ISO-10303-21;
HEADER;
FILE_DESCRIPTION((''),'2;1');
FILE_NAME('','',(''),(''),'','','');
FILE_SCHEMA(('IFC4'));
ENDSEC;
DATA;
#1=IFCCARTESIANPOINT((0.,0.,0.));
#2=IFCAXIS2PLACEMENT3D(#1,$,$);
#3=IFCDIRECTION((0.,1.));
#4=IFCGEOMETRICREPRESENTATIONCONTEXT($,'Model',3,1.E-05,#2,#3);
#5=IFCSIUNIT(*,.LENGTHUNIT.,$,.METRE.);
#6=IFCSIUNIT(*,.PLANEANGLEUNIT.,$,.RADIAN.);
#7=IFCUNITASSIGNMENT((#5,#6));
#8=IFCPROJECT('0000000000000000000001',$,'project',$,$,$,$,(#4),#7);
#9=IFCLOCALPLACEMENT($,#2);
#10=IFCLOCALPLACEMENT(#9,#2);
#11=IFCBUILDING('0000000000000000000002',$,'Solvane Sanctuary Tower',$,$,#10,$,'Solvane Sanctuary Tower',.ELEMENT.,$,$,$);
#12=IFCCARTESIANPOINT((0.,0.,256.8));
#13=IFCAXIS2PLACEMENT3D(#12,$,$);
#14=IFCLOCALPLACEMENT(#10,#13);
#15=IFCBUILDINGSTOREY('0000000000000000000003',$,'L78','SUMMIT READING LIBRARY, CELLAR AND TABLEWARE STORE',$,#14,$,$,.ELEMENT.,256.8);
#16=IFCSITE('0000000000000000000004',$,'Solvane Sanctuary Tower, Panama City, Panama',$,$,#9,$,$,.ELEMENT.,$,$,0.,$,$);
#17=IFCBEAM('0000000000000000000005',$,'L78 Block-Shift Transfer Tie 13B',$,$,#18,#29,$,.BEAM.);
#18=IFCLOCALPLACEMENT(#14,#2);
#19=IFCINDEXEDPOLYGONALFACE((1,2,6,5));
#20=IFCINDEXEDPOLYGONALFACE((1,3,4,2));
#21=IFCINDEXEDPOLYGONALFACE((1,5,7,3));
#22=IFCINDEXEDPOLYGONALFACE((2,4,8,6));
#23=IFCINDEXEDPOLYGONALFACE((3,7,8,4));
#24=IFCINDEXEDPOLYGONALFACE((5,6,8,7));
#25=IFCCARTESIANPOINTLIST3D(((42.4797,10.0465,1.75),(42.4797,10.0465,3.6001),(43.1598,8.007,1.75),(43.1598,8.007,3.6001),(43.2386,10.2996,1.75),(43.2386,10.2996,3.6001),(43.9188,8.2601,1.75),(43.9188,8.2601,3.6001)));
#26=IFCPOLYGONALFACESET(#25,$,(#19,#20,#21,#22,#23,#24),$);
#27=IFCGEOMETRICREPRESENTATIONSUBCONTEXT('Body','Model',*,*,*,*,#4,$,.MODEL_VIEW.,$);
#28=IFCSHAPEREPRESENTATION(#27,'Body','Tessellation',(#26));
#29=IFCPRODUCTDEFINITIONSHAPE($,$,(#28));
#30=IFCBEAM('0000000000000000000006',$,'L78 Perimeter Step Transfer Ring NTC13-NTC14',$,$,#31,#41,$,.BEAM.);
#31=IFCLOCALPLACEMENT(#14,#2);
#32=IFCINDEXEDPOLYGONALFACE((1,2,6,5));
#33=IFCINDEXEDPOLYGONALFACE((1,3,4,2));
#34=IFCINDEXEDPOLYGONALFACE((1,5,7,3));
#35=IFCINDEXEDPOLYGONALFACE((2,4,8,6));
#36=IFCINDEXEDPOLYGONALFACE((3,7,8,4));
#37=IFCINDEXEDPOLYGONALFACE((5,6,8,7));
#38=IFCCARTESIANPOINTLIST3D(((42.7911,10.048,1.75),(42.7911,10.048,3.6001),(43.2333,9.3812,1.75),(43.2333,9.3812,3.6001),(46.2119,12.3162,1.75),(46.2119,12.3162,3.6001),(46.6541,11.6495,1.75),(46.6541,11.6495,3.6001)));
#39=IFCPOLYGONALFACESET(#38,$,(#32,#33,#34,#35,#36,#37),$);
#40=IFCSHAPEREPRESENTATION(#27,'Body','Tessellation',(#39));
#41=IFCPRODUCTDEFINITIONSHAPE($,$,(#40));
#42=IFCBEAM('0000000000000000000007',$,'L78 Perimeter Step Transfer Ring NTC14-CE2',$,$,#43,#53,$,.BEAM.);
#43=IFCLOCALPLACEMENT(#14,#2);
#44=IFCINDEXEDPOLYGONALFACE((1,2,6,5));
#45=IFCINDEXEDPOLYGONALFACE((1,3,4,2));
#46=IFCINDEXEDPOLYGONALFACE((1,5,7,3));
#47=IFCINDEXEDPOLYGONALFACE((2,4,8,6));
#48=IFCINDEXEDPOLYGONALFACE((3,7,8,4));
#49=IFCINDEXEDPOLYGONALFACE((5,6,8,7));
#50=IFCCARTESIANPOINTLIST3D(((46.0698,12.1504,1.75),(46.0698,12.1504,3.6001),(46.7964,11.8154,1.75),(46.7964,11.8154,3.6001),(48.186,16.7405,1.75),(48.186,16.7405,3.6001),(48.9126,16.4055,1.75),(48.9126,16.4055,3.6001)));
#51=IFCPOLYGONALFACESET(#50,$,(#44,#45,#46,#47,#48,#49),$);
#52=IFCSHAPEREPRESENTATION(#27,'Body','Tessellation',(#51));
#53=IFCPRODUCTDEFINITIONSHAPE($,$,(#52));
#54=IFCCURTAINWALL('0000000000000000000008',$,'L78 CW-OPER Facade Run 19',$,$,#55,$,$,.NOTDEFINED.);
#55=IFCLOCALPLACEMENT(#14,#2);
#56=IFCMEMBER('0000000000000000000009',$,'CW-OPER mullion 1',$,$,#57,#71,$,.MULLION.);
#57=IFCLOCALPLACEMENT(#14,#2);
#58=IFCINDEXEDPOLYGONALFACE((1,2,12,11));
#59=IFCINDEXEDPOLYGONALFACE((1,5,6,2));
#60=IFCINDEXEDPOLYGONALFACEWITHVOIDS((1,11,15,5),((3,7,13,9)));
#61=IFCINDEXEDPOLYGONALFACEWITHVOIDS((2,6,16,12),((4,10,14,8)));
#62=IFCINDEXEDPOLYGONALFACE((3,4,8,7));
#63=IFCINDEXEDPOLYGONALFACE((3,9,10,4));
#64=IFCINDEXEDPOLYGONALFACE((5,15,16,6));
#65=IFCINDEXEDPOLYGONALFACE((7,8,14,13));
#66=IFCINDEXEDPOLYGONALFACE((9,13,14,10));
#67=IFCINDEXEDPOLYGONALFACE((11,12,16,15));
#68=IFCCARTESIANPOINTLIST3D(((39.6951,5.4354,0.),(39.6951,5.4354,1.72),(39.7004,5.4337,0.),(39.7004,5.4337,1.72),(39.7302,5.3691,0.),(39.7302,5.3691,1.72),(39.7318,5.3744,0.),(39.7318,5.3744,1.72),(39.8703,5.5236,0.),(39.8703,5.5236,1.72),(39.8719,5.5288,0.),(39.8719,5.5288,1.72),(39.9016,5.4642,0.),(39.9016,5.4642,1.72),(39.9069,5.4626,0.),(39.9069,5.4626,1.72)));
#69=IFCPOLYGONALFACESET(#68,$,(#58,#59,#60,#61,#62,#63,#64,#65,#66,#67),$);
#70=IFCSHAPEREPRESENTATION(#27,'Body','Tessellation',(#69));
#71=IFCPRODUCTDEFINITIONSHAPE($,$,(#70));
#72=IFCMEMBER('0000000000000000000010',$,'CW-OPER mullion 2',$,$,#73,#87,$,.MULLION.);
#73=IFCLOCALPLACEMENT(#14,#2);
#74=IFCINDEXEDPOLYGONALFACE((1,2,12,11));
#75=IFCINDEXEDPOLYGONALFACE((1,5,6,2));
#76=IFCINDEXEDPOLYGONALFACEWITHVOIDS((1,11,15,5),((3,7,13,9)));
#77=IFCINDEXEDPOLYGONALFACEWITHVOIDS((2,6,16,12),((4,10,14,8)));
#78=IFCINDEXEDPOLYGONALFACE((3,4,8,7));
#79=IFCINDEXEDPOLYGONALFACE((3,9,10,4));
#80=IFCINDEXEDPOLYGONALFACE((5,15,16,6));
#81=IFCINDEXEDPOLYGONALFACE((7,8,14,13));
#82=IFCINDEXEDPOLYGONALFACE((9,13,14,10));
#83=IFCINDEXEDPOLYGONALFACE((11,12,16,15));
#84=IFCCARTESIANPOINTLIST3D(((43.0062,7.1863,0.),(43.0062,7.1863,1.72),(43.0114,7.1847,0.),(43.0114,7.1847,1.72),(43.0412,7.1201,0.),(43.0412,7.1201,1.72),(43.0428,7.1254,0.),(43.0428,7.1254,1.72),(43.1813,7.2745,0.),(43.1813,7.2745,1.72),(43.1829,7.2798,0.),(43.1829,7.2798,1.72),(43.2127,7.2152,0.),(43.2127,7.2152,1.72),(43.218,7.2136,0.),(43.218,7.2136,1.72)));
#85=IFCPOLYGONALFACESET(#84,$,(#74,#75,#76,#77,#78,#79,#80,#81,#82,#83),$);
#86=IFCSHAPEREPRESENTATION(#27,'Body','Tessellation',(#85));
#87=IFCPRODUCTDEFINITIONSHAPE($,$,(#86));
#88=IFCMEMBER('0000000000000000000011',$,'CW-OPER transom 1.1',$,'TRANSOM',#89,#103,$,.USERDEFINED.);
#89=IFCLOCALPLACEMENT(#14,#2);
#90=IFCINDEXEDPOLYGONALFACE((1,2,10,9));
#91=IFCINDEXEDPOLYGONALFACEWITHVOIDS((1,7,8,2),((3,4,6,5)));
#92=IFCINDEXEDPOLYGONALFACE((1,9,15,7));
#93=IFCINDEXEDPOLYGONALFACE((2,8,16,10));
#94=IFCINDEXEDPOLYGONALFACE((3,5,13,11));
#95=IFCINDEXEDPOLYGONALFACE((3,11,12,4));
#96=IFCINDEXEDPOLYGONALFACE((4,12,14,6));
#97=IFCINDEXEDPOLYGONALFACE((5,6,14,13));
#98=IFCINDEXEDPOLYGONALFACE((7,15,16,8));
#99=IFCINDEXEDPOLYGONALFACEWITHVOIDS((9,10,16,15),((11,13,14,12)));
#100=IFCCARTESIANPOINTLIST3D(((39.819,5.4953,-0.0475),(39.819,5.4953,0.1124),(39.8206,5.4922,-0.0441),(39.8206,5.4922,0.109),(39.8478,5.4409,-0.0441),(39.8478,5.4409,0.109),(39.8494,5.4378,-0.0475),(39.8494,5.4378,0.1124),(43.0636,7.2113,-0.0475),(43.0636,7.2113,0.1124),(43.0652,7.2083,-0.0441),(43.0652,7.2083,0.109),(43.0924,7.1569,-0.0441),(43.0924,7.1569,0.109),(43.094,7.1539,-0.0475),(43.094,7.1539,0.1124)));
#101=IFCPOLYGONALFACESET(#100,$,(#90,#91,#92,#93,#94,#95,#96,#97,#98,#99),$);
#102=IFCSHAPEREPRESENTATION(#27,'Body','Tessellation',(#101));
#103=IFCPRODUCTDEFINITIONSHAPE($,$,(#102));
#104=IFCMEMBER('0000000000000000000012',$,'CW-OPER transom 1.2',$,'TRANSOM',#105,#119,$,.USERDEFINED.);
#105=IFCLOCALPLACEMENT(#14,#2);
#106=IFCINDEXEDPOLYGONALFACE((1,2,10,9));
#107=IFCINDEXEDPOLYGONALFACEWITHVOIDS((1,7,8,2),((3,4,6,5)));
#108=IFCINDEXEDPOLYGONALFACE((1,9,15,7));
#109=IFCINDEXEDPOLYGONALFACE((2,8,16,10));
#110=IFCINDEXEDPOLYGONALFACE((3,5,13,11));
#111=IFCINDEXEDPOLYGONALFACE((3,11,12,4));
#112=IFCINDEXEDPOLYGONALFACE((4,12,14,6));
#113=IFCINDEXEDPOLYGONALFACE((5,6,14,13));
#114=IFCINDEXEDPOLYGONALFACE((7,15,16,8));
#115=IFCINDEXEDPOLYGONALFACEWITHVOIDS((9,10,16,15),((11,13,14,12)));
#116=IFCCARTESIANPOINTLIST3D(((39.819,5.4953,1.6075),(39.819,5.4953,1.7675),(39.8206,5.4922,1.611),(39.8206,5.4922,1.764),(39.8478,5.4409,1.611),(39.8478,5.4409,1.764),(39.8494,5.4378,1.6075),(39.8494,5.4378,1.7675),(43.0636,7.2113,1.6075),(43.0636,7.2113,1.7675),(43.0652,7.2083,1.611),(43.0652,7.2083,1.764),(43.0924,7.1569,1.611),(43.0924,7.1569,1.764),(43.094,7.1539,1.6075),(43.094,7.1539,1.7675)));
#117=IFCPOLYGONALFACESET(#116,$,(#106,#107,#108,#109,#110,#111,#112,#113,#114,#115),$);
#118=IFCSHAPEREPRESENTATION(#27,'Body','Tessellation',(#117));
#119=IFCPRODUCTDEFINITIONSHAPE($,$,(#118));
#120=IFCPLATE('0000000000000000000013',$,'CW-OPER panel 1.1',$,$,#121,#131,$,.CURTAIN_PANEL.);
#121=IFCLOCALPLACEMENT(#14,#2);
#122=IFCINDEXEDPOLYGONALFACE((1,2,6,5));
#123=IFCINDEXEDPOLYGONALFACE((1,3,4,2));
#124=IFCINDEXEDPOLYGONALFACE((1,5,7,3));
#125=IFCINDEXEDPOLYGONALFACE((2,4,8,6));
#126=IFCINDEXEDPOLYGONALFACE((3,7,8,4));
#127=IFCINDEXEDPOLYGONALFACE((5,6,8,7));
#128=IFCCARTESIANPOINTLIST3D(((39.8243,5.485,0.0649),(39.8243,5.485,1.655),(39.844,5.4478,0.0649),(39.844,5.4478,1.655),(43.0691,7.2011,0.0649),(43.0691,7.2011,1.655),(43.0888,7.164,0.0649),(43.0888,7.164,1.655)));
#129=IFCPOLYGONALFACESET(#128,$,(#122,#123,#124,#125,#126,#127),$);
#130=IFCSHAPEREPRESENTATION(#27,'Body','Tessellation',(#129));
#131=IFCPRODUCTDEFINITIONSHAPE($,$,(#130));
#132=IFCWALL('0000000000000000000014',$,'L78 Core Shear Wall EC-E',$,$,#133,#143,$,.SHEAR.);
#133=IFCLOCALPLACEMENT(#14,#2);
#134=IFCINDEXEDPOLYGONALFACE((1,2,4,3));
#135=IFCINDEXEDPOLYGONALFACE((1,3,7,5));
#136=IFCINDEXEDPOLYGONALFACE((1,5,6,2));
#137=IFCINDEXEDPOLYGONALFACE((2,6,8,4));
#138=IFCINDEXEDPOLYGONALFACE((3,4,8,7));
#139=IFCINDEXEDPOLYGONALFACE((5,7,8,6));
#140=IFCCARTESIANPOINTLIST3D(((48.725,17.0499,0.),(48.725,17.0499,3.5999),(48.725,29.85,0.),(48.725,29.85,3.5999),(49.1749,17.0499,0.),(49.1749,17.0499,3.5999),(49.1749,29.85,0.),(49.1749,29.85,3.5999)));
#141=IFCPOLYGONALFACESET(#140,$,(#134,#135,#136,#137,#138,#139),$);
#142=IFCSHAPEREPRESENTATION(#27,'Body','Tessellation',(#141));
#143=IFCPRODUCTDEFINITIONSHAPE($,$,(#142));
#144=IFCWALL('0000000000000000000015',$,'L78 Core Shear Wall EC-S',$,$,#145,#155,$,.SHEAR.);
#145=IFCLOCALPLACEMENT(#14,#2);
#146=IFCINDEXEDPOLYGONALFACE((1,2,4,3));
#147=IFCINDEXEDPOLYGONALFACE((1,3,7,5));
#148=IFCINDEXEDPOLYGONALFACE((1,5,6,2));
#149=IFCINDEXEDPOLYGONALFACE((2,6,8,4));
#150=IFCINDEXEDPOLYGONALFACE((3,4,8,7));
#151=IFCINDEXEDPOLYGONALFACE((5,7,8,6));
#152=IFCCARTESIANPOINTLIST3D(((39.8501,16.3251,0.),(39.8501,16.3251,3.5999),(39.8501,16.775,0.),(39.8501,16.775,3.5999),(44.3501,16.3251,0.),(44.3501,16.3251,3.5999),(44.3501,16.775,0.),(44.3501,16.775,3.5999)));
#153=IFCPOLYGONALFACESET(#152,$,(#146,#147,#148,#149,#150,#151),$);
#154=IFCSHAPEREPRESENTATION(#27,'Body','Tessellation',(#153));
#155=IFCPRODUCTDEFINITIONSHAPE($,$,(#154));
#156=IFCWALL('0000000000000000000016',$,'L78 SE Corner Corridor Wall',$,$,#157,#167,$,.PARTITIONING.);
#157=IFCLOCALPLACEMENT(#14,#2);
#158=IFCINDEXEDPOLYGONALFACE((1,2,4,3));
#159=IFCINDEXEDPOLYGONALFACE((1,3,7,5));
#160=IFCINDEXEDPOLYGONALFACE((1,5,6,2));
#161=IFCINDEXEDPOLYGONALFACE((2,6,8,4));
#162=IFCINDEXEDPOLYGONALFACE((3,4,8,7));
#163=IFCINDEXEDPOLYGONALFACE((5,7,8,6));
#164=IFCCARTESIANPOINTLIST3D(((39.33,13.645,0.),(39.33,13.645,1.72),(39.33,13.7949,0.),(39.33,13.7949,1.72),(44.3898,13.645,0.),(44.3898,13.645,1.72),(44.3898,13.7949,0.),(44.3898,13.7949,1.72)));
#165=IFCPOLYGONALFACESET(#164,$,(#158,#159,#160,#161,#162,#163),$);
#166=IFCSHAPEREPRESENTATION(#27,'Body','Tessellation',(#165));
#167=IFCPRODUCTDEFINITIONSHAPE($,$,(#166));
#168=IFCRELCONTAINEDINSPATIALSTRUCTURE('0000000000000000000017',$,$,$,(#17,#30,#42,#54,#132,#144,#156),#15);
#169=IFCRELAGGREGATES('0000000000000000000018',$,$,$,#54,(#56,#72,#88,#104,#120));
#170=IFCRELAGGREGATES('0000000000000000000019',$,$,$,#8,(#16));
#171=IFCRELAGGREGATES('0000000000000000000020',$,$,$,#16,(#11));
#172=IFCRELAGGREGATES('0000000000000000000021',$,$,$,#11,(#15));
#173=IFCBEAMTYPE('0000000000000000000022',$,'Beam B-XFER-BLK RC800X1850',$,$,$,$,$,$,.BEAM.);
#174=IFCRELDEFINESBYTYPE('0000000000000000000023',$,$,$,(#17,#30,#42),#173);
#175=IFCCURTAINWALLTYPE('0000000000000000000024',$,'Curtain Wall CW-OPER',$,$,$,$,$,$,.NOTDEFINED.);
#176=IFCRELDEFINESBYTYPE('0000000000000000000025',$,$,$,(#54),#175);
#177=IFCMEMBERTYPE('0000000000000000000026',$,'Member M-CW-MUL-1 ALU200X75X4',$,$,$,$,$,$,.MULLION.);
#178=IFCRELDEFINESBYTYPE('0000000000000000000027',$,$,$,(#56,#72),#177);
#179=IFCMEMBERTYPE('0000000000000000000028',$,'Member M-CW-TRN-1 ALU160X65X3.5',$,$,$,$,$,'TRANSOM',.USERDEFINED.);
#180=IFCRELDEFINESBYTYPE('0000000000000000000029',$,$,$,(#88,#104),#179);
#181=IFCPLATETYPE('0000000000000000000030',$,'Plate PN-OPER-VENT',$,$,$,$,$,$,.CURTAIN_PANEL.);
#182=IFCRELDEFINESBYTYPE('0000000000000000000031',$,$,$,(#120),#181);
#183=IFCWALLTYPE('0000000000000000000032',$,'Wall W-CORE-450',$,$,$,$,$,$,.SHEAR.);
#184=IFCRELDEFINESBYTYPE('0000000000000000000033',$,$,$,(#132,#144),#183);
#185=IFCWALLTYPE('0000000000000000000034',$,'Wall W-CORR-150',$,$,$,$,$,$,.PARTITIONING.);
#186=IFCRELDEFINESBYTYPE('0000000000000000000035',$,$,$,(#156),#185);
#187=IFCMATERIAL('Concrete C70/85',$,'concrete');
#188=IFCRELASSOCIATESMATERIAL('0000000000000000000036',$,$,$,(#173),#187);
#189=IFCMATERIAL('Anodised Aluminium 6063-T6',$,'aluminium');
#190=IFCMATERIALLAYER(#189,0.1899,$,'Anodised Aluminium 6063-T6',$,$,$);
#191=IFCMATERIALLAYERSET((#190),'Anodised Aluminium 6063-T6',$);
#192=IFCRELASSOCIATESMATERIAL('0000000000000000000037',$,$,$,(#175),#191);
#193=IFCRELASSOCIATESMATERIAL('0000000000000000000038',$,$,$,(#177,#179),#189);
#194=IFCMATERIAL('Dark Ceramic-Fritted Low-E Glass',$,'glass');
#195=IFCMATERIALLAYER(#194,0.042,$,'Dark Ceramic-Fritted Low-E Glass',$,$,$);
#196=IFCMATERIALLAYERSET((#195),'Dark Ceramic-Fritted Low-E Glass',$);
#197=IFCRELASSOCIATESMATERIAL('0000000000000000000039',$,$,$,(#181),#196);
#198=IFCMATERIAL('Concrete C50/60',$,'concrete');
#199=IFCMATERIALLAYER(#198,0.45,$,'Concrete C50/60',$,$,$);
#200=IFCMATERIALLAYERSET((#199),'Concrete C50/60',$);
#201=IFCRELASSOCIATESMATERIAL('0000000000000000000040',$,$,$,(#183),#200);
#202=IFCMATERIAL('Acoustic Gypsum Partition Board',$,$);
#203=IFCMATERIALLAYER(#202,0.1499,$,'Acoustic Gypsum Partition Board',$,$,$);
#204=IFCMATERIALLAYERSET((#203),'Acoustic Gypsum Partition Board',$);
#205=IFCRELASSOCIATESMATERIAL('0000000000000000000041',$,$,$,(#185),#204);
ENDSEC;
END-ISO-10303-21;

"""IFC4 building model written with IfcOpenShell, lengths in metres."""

from ifc_helpers import new_model, si_unit, direction, frame, frame_2d, origin, origin_2d, place, context, subcontext, project, spatial, rectangle, hollow_rectangle, extrude, material, layer, layer_set, material_profile, profile_set, type_object, element, aggregate, save


model = new_model("IFC4")

# Units and contexts
model_context = context("Model", 3, precision=1e-05, world=origin(), true_north=direction((0.0, 1.0)))
body_context = subcontext(model_context, "Body", "Model", "MODEL_VIEW")
ifc_project = project(units=[si_unit("LENGTHUNIT", "METRE"), si_unit("PLANEANGLEUNIT", "RADIAN")], contexts=[model_context])

# Site, building, storey
site_placement = place(None, origin())
site = spatial("IfcSite", under=ifc_project, at=site_placement, Name="Solvane Sanctuary Tower, Panama City, Panama", CompositionType="ELEMENT", RefElevation=0.0)
building_placement = place(site_placement, origin())
building = spatial("IfcBuilding", under=site, at=building_placement, Name="Solvane Sanctuary Tower", LongName="Solvane Sanctuary Tower", CompositionType="ELEMENT")
storey_placement = place(building_placement, frame((0.0, 0.0, 256.8)))
storey = spatial("IfcBuildingStorey", under=building, at=storey_placement, Name="L78", Description="SUMMIT READING LIBRARY, CELLAR AND TABLEWARE STORE", CompositionType="ELEMENT", Elevation=256.8)

# Shared definitions
ifc_material_1 = material(Name="Concrete C70/85", Category="concrete")

# Beams
ifc_material_profile_1 = material_profile(ifc_material_1, rectangle(XDim=0.8, YDim=1.8501, at=origin_2d()), Name="RC800X1850")
ifc_profile_set_1 = profile_set([ifc_material_profile_1], Name="Concrete C70/85")
beam_type_1 = type_object("IfcBeamType", Name="Beam B-XFER-BLK RC800X1850", PredefinedType="BEAM", material=ifc_profile_set_1)
beam_1_placement = place(storey_placement, frame((43.5393, 8.1335, 2.675), z_axis=(-0.316364, 0.948638, 0.0), x_axis=(-0.948638, -0.316364, 0.0)))
element("IfcBeam", 1, at=beam_1_placement, inside=storey, type_object=beam_type_1, Name="L78 Block-Shift Transfer Tie 13B", PredefinedType="BEAM", context=body_context, shape_type="SweptSolid", body=[
    extrude(rectangle(XDim=0.8, YDim=1.8501, at=origin_2d()), origin(), (0.0, 0.0, 1.0), 2.1499),
])
beam_2_placement = place(storey_placement, frame((43.0122, 9.7146, 2.675), z_axis=(0.833429, 0.552626, 0.0), x_axis=(-0.552626, 0.833429, 0.0)))
element("IfcBeam", 2, at=beam_2_placement, inside=storey, type_object=beam_type_1, Name="L78 Perimeter Step Transfer Ring NTC13-NTC14", PredefinedType="BEAM", context=body_context, shape_type="SweptSolid", body=[
    extrude(rectangle(XDim=0.8, YDim=1.8501, at=origin_2d()), origin(), (0.0, 0.0, 1.0), 4.1045),
])
beam_3_placement = place(storey_placement, frame((46.4331, 11.9829, 2.675), z_axis=(0.418684, 0.908132, 0.0), x_axis=(-0.908132, 0.418684, 0.0)))
element("IfcBeam", 3, at=beam_3_placement, inside=storey, type_object=beam_type_1, Name="L78 Perimeter Step Transfer Ring NTC14-CE2", PredefinedType="BEAM", context=body_context, shape_type="SweptSolid", body=[
    extrude(rectangle(XDim=0.8, YDim=1.8501, at=origin_2d()), origin(), (0.0, 0.0, 1.0), 5.0544),
])

# Curtain wall, members, plate
ifc_material_2 = material(Name="Anodised Aluminium 6063-T6", Category="aluminium")
ifc_layer_1 = layer(ifc_material_2, 0.1899, Name="Anodised Aluminium 6063-T6")
ifc_layer_set_1 = layer_set([ifc_layer_1], Name="Anodised Aluminium 6063-T6")
curtain_wall_type = type_object("IfcCurtainWallType", Name="Curtain Wall CW-OPER", PredefinedType="NOTDEFINED", material=ifc_layer_set_1)
curtain_wall_placement = place(storey_placement, origin())
curtain_wall = element("IfcCurtainWall", 4, at=curtain_wall_placement, inside=storey, type_object=curtain_wall_type, Name="L78 CW-OPER Facade Run 19", PredefinedType="NOTDEFINED")
ifc_material_profile_2 = material_profile(ifc_material_2, hollow_rectangle(XDim=0.075, YDim=0.2, WallThickness=0.0039, at=origin_2d()), Name="ALU200X75X4")
ifc_profile_set_2 = profile_set([ifc_material_profile_2], Name="Anodised Aluminium 6063-T6")
member_type_1 = type_object("IfcMemberType", Name="Member M-CW-MUL-1 ALU200X75X4", PredefinedType="MULLION", material=ifc_profile_set_2)
member_1_placement = place(storey_placement, frame((39.801, 5.449, 0.0), z_axis=(0.0, 0.0, 1.0), x_axis=(-0.467523, 0.883981, 0.0)))
member_1 = element("IfcMember", 5, at=member_1_placement, type_object=member_type_1, Name="CW-OPER mullion 1", PredefinedType="MULLION", context=body_context, shape_type="SweptSolid", body=[
    extrude(hollow_rectangle(XDim=0.075, YDim=0.2, WallThickness=0.0039, at=origin_2d()), origin(), (0.0, 0.0, 1.0), 1.72),
])
member_2_placement = place(storey_placement, frame((43.1121, 7.2, 0.0), z_axis=(0.0, 0.0, 1.0), x_axis=(-0.467523, 0.883981, 0.0)))
member_2 = element("IfcMember", 6, at=member_2_placement, type_object=member_type_1, Name="CW-OPER mullion 2", PredefinedType="MULLION", context=body_context, shape_type="SweptSolid", body=[
    extrude(hollow_rectangle(XDim=0.075, YDim=0.2, WallThickness=0.0039, at=origin_2d()), origin(), (0.0, 0.0, 1.0), 1.72),
])
ifc_material_profile_3 = material_profile(ifc_material_2, hollow_rectangle(XDim=0.0649, YDim=0.1599, WallThickness=0.0034, at=origin_2d()), Name="ALU160X65X3.5")
ifc_profile_set_3 = profile_set([ifc_material_profile_3], Name="Anodised Aluminium 6063-T6")
member_type_2 = type_object("IfcMemberType", Name="Member M-CW-TRN-1 ALU160X65X3.5", ElementType="TRANSOM", PredefinedType="USERDEFINED", material=ifc_profile_set_3)
member_3_placement = place(storey_placement, frame((39.8342, 5.4666, 0.0325), z_axis=(0.883977, 0.46753, 0.0), x_axis=(-0.46753, 0.883977, 0.0)))
member_3 = element("IfcMember", 7, at=member_3_placement, type_object=member_type_2, Name="CW-OPER transom 1.1", ObjectType="TRANSOM", PredefinedType="USERDEFINED", context=body_context, shape_type="SweptSolid", body=[
    extrude(hollow_rectangle(XDim=0.0649, YDim=0.1599, WallThickness=0.0034, at=origin_2d()), origin(), (0.0, 0.0, 1.0), 3.6704),
])
member_4_placement = place(storey_placement, frame((39.8342, 5.4666, 1.6875), z_axis=(0.883977, 0.46753, 0.0), x_axis=(-0.46753, 0.883977, 0.0)))
member_4 = element("IfcMember", 8, at=member_4_placement, type_object=member_type_2, Name="CW-OPER transom 1.2", ObjectType="TRANSOM", PredefinedType="USERDEFINED", context=body_context, shape_type="SweptSolid", body=[
    extrude(hollow_rectangle(XDim=0.0649, YDim=0.1599, WallThickness=0.0034, at=origin_2d()), origin(), (0.0, 0.0, 1.0), 3.6704),
])
ifc_material_3 = material(Name="Dark Ceramic-Fritted Low-E Glass", Category="glass")
ifc_layer_2 = layer(ifc_material_3, 0.042, Name="Dark Ceramic-Fritted Low-E Glass")
ifc_layer_set_2 = layer_set([ifc_layer_2], Name="Dark Ceramic-Fritted Low-E Glass")
plate_type = type_object("IfcPlateType", Name="Plate PN-OPER-VENT", PredefinedType="CURTAIN_PANEL", material=ifc_layer_set_2)
plate_placement = place(storey_placement, frame((41.4565, 6.3245, 0.0649), z_axis=(0.0, 0.0, 1.0), x_axis=(0.883981, 0.467523, 0.0)))
plate = element("IfcPlate", 9, at=plate_placement, type_object=plate_type, Name="CW-OPER panel 1.1", PredefinedType="CURTAIN_PANEL", context=body_context, shape_type="SweptSolid", body=[
    extrude(rectangle(XDim=3.6707, YDim=0.042, at=origin_2d()), origin(), (0.0, 0.0, 1.0), 1.5901),
])
aggregate(curtain_wall, [member_1, member_2, member_3, member_4, plate])

# Walls
ifc_material_4 = material(Name="Concrete C50/60", Category="concrete")
ifc_layer_3 = layer(ifc_material_4, 0.45, Name="Concrete C50/60")
ifc_layer_set_3 = layer_set([ifc_layer_3], Name="Concrete C50/60")
wall_type_1 = type_object("IfcWallType", Name="Wall W-CORE-450", PredefinedType="SHEAR", material=ifc_layer_set_3)
wall_1_placement = place(storey_placement, frame((48.95, 17.05, 0.0), z_axis=(0.0, 0.0, 1.0), x_axis=(0.0, 1.0, 0.0)))
element("IfcWall", 10, at=wall_1_placement, inside=storey, type_object=wall_type_1, Name="L78 Core Shear Wall EC-E", PredefinedType="SHEAR", context=body_context, shape_type="SweptSolid", body=[
    extrude(rectangle(XDim=12.8, YDim=0.45, at=frame_2d((6.3999, 0.0))), origin(), (0.0, 0.0, 1.0), 3.5999),
])
wall_2_placement = place(storey_placement, frame((39.8501, 16.55, 0.0), z_axis=(0.0, 0.0, 1.0), x_axis=(1.0, 0.0, 0.0)))
element("IfcWall", 11, at=wall_2_placement, inside=storey, type_object=wall_type_1, Name="L78 Core Shear Wall EC-S", PredefinedType="SHEAR", context=body_context, shape_type="SweptSolid", body=[
    extrude(rectangle(XDim=4.5, YDim=0.45, at=frame_2d((2.25, 0.0))), origin(), (0.0, 0.0, 1.0), 3.5999),
])
ifc_material_5 = material(Name="Acoustic Gypsum Partition Board")
ifc_layer_4 = layer(ifc_material_5, 0.1499, Name="Acoustic Gypsum Partition Board")
ifc_layer_set_4 = layer_set([ifc_layer_4], Name="Acoustic Gypsum Partition Board")
wall_type_2 = type_object("IfcWallType", Name="Wall W-CORR-150", PredefinedType="PARTITIONING", material=ifc_layer_set_4)
wall_3_placement = place(storey_placement, frame((39.3301, 13.72, 0.0), z_axis=(0.0, 0.0, 1.0), x_axis=(1.0, 0.0, 0.0)))
element("IfcWall", 12, at=wall_3_placement, inside=storey, type_object=wall_type_2, Name="L78 SE Corner Corridor Wall", PredefinedType="PARTITIONING", context=body_context, shape_type="SweptSolid", body=[
    extrude(rectangle(XDim=5.0598, YDim=0.1499, at=frame_2d((2.5298, 0.0))), origin(), (0.0, 0.0, 1.0), 1.72),
])

save(model, "model.ifc")
